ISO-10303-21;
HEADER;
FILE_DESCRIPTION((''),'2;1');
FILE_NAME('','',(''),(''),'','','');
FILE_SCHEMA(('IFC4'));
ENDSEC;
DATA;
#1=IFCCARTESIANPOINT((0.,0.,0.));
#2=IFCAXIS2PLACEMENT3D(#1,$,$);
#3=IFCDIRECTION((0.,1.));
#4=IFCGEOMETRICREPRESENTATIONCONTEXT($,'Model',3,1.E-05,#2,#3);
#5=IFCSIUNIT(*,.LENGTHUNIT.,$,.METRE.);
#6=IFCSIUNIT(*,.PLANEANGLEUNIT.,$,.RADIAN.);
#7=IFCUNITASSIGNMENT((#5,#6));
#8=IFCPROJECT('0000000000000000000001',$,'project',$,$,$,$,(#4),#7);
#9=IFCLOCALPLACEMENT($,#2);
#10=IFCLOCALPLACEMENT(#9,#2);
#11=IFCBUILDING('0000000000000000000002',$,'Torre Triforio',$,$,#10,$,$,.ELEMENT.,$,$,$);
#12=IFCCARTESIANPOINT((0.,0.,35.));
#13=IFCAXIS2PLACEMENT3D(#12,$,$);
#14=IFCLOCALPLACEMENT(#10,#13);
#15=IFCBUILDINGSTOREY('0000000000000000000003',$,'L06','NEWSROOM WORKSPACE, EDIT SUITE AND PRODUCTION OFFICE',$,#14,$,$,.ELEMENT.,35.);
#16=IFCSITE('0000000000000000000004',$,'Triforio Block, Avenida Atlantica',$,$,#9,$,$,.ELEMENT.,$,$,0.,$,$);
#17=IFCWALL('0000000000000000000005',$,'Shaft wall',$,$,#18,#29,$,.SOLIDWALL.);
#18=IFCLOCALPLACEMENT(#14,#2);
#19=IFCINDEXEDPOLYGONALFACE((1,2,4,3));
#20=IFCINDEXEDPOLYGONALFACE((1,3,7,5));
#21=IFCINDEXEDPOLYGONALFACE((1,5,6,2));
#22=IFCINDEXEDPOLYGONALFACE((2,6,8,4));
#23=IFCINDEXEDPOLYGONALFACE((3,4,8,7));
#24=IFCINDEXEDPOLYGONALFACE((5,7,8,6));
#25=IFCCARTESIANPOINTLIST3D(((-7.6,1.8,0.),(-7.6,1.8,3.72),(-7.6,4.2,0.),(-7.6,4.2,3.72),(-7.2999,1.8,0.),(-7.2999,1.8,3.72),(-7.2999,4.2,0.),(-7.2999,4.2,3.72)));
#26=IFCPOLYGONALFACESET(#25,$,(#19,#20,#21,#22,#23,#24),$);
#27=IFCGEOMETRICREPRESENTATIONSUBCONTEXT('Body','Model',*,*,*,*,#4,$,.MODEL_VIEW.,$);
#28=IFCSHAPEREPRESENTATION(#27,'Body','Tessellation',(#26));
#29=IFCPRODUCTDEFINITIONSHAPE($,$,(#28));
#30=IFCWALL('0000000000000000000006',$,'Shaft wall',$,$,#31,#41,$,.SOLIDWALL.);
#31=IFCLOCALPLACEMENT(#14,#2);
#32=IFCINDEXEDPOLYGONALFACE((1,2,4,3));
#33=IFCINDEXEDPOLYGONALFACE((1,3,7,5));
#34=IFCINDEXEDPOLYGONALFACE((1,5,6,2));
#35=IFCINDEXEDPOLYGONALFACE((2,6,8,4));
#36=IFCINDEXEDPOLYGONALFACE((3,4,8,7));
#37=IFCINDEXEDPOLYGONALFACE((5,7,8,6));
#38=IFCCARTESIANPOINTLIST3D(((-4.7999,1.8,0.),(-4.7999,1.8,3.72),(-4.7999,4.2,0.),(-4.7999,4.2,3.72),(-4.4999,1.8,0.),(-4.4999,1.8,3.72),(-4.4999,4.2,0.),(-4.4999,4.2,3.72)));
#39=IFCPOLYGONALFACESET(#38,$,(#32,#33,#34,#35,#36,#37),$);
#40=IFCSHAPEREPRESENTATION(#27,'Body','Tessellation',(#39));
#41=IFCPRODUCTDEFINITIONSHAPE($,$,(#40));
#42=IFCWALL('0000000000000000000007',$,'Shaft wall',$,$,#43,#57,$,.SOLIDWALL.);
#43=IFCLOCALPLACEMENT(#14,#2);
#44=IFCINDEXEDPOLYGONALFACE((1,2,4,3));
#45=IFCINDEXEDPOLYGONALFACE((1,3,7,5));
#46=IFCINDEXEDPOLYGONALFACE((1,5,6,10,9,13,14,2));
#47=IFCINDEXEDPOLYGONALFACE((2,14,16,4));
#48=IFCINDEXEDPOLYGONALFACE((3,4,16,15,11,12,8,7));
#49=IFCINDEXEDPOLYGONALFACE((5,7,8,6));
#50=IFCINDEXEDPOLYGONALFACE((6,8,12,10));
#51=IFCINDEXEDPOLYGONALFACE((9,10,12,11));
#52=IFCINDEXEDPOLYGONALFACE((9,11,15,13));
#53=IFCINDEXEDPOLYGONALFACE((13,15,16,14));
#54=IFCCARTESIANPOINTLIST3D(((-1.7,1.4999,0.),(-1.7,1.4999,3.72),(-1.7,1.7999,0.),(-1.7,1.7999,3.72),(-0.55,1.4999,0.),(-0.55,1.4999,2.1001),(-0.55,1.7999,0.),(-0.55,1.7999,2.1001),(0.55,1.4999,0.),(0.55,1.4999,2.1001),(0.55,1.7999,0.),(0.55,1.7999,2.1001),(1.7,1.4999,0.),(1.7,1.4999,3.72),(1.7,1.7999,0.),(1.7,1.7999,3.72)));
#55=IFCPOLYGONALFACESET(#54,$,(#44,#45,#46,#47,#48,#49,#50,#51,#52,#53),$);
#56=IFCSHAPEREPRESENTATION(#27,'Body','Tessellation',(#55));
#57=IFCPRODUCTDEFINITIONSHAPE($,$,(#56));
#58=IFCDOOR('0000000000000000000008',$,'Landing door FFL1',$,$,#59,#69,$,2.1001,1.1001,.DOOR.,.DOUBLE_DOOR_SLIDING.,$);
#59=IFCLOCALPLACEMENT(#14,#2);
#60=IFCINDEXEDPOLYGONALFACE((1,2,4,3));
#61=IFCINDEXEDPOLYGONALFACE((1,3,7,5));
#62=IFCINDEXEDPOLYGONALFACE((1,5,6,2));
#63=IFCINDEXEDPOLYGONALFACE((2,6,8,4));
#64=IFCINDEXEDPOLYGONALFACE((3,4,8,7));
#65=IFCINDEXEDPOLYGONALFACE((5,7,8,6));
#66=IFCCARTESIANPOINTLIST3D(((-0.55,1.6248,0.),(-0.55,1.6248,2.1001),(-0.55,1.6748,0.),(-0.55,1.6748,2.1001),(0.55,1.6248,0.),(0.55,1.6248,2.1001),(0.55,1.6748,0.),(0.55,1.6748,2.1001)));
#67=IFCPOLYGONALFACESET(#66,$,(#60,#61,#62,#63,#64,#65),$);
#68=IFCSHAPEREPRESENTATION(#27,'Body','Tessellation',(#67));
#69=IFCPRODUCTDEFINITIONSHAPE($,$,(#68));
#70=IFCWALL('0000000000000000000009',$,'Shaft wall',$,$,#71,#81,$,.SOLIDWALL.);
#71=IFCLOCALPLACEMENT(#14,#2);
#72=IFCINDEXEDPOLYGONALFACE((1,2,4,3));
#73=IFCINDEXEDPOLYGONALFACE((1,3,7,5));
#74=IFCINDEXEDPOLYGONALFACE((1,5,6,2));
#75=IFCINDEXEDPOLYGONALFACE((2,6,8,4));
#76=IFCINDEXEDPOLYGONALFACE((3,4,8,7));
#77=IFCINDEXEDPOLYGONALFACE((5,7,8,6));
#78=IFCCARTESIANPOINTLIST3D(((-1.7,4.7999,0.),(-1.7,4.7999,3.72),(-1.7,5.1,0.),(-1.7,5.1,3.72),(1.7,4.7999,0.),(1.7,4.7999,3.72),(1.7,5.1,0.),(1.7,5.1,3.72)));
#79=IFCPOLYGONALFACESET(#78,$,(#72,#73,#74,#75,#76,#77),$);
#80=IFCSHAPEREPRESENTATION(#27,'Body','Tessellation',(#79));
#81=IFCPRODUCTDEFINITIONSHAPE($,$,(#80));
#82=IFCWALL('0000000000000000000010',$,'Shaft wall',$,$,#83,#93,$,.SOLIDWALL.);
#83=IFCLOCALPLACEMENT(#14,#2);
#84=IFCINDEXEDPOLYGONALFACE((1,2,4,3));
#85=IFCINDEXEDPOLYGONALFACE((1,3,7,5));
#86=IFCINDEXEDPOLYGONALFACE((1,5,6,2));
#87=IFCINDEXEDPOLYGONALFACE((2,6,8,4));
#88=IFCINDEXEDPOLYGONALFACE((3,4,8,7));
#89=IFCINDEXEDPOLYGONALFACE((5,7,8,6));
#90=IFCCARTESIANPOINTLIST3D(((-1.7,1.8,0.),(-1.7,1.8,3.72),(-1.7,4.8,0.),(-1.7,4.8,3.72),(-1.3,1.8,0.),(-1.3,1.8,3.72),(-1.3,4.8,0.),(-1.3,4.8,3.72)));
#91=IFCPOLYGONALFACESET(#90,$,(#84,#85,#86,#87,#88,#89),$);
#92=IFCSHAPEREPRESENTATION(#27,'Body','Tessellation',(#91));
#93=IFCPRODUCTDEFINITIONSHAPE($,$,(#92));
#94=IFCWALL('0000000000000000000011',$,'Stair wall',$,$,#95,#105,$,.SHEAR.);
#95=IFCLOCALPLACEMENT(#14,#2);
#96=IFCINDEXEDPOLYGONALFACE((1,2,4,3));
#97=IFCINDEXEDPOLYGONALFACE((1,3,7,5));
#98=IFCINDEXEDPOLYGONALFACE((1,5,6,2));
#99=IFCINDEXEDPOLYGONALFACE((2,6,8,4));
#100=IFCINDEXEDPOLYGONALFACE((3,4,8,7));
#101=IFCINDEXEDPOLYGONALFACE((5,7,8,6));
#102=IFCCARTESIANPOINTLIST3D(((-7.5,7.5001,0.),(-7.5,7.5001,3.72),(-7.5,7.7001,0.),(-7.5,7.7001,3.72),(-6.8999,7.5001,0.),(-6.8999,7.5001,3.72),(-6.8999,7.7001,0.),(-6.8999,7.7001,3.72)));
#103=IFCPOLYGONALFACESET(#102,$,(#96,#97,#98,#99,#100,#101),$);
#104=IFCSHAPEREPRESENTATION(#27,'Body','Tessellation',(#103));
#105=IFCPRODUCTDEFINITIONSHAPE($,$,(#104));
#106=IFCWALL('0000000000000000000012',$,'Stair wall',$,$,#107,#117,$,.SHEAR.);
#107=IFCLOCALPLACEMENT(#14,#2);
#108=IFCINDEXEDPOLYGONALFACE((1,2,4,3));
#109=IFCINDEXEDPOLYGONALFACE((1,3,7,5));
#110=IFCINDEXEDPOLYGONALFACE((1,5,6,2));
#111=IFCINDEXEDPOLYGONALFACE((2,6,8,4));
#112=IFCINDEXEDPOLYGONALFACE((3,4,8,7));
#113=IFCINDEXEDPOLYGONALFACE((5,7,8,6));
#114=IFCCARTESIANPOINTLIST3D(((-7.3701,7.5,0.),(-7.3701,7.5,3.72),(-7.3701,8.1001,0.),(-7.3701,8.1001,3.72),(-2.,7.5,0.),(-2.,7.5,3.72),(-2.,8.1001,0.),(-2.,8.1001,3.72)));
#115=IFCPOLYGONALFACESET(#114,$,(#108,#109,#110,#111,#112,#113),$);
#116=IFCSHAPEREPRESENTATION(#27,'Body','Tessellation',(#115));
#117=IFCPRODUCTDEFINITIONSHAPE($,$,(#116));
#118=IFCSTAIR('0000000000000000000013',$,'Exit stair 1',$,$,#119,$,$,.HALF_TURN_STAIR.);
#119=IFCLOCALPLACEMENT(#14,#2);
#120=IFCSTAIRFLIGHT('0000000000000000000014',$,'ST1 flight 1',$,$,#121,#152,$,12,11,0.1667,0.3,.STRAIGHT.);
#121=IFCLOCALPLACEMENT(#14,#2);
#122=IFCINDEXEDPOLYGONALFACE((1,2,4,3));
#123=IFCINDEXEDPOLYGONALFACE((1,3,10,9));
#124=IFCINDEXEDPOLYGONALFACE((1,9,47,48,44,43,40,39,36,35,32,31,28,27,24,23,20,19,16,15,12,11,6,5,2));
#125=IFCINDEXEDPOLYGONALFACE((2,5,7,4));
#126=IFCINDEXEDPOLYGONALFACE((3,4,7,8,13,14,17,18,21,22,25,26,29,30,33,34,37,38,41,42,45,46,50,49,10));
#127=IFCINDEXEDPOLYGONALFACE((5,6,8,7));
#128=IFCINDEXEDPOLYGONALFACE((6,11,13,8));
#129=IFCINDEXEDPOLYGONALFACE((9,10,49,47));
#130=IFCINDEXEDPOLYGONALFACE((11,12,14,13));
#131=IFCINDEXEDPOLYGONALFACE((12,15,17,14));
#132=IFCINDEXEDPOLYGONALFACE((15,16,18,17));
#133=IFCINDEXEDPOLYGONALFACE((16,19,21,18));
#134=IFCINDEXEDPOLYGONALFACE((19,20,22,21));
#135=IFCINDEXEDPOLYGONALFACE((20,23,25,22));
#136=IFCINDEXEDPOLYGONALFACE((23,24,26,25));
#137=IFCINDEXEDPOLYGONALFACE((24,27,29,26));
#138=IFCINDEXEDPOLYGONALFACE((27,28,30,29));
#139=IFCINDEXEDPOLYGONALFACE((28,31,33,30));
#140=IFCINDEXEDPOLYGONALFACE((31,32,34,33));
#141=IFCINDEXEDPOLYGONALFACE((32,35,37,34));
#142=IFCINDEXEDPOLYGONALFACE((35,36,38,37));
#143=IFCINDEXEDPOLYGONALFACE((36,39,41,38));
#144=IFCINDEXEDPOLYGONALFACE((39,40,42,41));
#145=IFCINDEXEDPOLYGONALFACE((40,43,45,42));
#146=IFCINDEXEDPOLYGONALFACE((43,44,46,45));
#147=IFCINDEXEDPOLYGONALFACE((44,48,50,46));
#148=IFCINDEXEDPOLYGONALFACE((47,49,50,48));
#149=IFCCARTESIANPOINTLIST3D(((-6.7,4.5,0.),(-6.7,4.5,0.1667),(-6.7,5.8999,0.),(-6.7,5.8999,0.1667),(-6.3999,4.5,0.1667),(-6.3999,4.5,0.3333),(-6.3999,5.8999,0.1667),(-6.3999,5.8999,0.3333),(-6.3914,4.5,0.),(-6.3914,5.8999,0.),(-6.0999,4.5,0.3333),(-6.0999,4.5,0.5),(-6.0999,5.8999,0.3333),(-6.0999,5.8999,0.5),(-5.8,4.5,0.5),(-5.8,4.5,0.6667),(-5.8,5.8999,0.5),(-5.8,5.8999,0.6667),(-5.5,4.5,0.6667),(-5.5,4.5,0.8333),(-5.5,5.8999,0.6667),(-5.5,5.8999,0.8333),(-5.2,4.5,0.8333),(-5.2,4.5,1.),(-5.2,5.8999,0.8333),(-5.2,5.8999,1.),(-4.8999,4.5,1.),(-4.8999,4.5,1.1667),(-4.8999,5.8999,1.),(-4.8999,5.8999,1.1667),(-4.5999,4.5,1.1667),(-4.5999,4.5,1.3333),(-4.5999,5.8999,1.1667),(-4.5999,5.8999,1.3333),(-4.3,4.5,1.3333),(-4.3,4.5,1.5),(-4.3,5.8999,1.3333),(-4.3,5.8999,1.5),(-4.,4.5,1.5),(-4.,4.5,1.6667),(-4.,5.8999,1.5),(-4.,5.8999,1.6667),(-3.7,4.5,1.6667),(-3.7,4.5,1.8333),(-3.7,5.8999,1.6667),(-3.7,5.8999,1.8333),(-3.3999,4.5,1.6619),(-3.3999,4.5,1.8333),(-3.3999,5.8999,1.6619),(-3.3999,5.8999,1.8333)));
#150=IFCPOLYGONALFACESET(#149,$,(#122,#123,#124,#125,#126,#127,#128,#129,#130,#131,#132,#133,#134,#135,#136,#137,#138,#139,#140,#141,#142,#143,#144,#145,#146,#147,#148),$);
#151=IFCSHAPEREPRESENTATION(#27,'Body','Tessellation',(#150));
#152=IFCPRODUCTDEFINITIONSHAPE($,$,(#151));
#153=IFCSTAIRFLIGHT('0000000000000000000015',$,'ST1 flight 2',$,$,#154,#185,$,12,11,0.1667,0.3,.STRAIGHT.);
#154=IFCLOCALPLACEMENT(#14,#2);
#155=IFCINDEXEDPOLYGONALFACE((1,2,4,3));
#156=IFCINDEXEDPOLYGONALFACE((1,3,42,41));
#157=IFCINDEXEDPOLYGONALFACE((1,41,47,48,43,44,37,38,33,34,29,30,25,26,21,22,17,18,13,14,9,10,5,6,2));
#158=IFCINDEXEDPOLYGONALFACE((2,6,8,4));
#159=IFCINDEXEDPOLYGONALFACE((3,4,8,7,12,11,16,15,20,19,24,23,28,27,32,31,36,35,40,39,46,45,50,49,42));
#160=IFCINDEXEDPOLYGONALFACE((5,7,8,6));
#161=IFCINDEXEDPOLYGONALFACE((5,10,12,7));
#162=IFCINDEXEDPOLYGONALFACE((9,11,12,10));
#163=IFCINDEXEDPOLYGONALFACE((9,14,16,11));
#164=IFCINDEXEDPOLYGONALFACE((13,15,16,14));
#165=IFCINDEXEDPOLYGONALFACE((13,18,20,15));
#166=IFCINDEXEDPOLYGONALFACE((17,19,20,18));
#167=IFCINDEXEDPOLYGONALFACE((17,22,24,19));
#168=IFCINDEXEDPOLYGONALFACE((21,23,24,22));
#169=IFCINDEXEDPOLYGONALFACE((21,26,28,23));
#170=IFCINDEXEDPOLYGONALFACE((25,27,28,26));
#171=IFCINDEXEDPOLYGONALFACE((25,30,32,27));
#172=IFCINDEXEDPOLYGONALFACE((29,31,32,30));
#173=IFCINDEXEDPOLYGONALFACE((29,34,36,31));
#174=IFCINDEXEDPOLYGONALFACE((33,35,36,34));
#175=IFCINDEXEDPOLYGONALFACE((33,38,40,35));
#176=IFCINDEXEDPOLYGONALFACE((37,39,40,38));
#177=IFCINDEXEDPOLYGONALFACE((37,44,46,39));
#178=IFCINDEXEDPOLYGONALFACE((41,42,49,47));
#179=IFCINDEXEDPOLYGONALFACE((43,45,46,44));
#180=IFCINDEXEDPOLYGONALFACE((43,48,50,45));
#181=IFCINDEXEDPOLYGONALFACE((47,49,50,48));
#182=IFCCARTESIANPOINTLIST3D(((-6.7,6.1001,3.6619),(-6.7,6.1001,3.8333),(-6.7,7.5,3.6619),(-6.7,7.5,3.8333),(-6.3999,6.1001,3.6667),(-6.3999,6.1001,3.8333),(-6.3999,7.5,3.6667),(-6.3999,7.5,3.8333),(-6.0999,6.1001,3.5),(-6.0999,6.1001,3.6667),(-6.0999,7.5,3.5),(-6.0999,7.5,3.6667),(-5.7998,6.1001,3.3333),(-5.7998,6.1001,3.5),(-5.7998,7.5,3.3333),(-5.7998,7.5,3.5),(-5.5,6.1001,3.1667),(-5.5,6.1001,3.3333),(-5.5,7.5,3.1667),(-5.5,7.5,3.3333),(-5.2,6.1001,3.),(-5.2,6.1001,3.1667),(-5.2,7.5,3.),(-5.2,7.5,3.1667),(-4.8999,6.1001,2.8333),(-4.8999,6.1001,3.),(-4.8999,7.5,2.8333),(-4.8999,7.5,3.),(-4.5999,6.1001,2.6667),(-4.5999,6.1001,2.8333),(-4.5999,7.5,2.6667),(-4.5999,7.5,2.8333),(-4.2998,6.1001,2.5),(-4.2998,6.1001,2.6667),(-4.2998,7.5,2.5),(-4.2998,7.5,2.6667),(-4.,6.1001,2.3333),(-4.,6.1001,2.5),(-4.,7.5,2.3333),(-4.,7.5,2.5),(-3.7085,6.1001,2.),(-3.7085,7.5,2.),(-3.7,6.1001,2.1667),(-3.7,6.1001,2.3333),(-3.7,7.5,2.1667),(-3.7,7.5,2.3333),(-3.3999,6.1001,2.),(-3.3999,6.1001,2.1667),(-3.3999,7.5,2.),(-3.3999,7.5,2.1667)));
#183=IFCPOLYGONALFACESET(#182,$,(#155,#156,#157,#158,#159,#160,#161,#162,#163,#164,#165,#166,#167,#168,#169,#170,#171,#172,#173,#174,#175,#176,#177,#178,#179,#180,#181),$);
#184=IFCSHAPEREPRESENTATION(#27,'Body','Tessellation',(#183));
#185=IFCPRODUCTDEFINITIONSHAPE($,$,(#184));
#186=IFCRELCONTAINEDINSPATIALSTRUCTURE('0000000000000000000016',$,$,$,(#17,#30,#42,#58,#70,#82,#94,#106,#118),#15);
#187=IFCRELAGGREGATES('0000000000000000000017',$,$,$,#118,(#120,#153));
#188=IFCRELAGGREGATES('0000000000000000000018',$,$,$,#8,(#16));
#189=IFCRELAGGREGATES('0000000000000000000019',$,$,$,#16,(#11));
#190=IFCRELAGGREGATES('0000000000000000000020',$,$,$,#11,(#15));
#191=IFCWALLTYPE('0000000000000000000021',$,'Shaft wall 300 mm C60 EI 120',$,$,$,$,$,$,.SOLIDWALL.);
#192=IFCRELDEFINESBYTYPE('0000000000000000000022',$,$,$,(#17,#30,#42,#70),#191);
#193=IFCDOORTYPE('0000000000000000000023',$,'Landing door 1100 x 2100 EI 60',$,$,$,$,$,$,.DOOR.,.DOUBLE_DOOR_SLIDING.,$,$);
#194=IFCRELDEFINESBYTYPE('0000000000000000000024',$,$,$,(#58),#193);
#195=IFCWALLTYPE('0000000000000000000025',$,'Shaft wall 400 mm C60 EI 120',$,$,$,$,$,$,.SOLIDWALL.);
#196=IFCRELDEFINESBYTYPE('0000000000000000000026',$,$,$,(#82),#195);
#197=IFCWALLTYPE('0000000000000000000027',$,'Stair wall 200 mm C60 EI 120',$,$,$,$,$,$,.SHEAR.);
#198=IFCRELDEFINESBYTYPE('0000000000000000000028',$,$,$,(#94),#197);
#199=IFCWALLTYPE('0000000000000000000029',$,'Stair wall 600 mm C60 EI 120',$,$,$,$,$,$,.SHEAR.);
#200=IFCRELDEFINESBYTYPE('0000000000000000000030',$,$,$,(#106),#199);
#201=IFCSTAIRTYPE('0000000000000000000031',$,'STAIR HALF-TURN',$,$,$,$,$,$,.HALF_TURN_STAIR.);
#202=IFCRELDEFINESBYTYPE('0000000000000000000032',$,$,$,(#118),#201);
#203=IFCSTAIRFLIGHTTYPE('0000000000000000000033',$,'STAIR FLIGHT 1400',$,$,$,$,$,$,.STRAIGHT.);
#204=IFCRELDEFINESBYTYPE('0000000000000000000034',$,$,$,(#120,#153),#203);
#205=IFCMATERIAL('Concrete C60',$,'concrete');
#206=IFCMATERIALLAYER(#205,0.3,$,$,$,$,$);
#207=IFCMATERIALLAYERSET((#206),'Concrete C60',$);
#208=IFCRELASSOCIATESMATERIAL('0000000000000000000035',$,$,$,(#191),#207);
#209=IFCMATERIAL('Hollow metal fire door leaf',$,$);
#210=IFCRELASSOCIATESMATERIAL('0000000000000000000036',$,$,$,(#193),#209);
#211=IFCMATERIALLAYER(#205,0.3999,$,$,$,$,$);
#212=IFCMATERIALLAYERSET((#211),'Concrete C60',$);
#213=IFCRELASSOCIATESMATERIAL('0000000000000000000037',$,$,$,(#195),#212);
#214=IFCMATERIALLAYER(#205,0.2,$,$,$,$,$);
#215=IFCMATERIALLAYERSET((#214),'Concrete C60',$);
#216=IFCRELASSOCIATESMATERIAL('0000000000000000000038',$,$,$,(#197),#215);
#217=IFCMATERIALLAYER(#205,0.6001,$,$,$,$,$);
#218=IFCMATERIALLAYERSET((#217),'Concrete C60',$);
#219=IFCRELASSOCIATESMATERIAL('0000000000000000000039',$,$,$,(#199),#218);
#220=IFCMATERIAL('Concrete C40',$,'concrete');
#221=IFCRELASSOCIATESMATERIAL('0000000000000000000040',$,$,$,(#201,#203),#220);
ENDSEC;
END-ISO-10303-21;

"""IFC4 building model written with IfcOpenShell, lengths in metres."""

from ifc_helpers import new_model, si_unit, direction, frame, frame_2d, origin, place, context, subcontext, project, spatial, polyline, rectangle, outline, extrude, material, layer, layer_set, type_object, element, fill, aggregate, save


model = new_model("IFC4")

# Units and contexts
model_context = context("Model", 3, precision=1e-05, world=origin(), true_north=direction((0.0, 1.0)))
body_context = subcontext(model_context, "Body", "Model", "MODEL_VIEW")
ifc_project = project(units=[si_unit("LENGTHUNIT", "METRE"), si_unit("PLANEANGLEUNIT", "RADIAN")], contexts=[model_context])

# Site, building, storey
site_placement = place(None, origin())
site = spatial("IfcSite", under=ifc_project, at=site_placement, Name="Triforio Block, Avenida Atlantica", CompositionType="ELEMENT", RefElevation=0.0)
building_placement = place(site_placement, origin())
building = spatial("IfcBuilding", under=site, at=building_placement, Name="Torre Triforio", CompositionType="ELEMENT")
storey_placement = place(building_placement, frame((0.0, 0.0, 35.0)))
storey = spatial("IfcBuildingStorey", under=building, at=storey_placement, Name="L06", Description="NEWSROOM WORKSPACE, EDIT SUITE AND PRODUCTION OFFICE", CompositionType="ELEMENT", Elevation=35.0)

# Walls
ifc_material_1 = material(Name="Concrete C60", Category="concrete")
ifc_layer_1 = layer(ifc_material_1, 0.3)
ifc_layer_set_1 = layer_set([ifc_layer_1], Name="Concrete C60")
wall_type_1 = type_object("IfcWallType", Name="Shaft wall 300 mm C60 EI 120", PredefinedType="SOLIDWALL", material=ifc_layer_set_1)
for number, where, z_axis, x_axis, name in (
    (1, (-7.45, 1.8, 0.0), (0.0, 0.0, 1.0), (0.0, 1.0, 0.0), "Shaft wall"),
    (2, (-4.6499, 1.8, 0.0), (0.0, 0.0, 1.0), (0.0, 1.0, 0.0), "Shaft wall"),
):
    element("IfcWall", number, at=place(storey_placement, frame(where, z_axis=z_axis, x_axis=x_axis)), inside=storey, type_object=wall_type_1, Name=name, PredefinedType="SOLIDWALL", context=body_context, shape_type="SweptSolid", body=[
        extrude(rectangle(XDim=2.3999, YDim=0.3, at=frame_2d((1.2, 0.0))), origin(), (0.0, 0.0, 1.0), 3.72),
    ])

# Wall, opening, door
wall_1_placement = place(storey_placement, frame((-1.7, 1.6499, 0.0), z_axis=(0.0, 0.0, 1.0), x_axis=(1.0, 0.0, 0.0)))
wall_1 = element("IfcWall", 3, at=wall_1_placement, inside=storey, type_object=wall_type_1, Name="Shaft wall", PredefinedType="SOLIDWALL", context=body_context, shape_type="SweptSolid", body=[
    extrude(rectangle(XDim=3.3999, YDim=0.3, at=frame_2d((1.7, 0.0))), origin(), (0.0, 0.0, 1.0), 3.72),
])
opening_placement = place(wall_1_placement, frame((1.1499, 0.0, 0.0)))
opening = element("IfcOpeningElement", 4, at=opening_placement, cuts=wall_1, PredefinedType="OPENING", context=body_context, shape_type="SweptSolid", body=[
    extrude(rectangle(XDim=1.1001, YDim=2.1001, at=frame_2d((0.55, 1.05))), frame((0.0, 0.1599, 0.0), z_axis=(0.0, -1.0, 0.0), x_axis=(1.0, 0.0, 0.0)), (0.0, 0.0, 1.0), 0.3201),
])
ifc_material_2 = material(Name="Hollow metal fire door leaf")
door_type = type_object("IfcDoorType", Name="Landing door 1100 x 2100 EI 60", OperationType="DOUBLE_DOOR_SLIDING", PredefinedType="DOOR", material=ifc_material_2)
door_placement = place(opening_placement, origin())
door = element("IfcDoor", 5, at=door_placement, inside=storey, type_object=door_type, Name="Landing door FFL1", OperationType="DOUBLE_DOOR_SLIDING", OverallHeight=2.1001, OverallWidth=1.1001, PredefinedType="DOOR", context=body_context, shape_type="SweptSolid", body=[
    extrude(rectangle(XDim=1.1001, YDim=2.1001, at=frame_2d((0.55, 1.05))), frame((0.0, 0.0249, 0.0), z_axis=(0.0, -1.0, 0.0), x_axis=(1.0, 0.0, 0.0)), (0.0, 0.0, 1.0), 0.05),
])
fill(opening, door)

# Walls
wall_2_placement = place(storey_placement, frame((-1.7, 4.95, 0.0), z_axis=(0.0, 0.0, 1.0), x_axis=(1.0, 0.0, 0.0)))
element("IfcWall", 6, at=wall_2_placement, inside=storey, type_object=wall_type_1, Name="Shaft wall", PredefinedType="SOLIDWALL", context=body_context, shape_type="SweptSolid", body=[
    extrude(rectangle(XDim=3.3999, YDim=0.3, at=frame_2d((1.7, 0.0))), origin(), (0.0, 0.0, 1.0), 3.72),
])
ifc_layer_2 = layer(ifc_material_1, 0.3999)
ifc_layer_set_2 = layer_set([ifc_layer_2], Name="Concrete C60")
wall_type_2 = type_object("IfcWallType", Name="Shaft wall 400 mm C60 EI 120", PredefinedType="SOLIDWALL", material=ifc_layer_set_2)
wall_3_placement = place(storey_placement, frame((-1.5, 1.8, 0.0), z_axis=(0.0, 0.0, 1.0), x_axis=(0.0, 1.0, 0.0)))
element("IfcWall", 7, at=wall_3_placement, inside=storey, type_object=wall_type_2, Name="Shaft wall", PredefinedType="SOLIDWALL", context=body_context, shape_type="SweptSolid", body=[
    extrude(rectangle(XDim=3.0, YDim=0.3999, at=frame_2d((1.5, 0.0))), origin(), (0.0, 0.0, 1.0), 3.72),
])
ifc_layer_3 = layer(ifc_material_1, 0.2)
ifc_layer_set_3 = layer_set([ifc_layer_3], Name="Concrete C60")
wall_type_3 = type_object("IfcWallType", Name="Stair wall 200 mm C60 EI 120", PredefinedType="SHEAR", material=ifc_layer_set_3)
wall_4_placement = place(storey_placement, frame((-7.5, 7.6001, 0.0), z_axis=(0.0, 0.0, 1.0), x_axis=(1.0, 0.0, 0.0)))
element("IfcWall", 8, at=wall_4_placement, inside=storey, type_object=wall_type_3, Name="Stair wall", PredefinedType="SHEAR", context=body_context, shape_type="SweptSolid", body=[
    extrude(rectangle(XDim=0.6001, YDim=0.2, at=frame_2d((0.3, 0.0))), origin(), (0.0, 0.0, 1.0), 3.72),
])
ifc_layer_4 = layer(ifc_material_1, 0.6001)
ifc_layer_set_4 = layer_set([ifc_layer_4], Name="Concrete C60")
wall_type_4 = type_object("IfcWallType", Name="Stair wall 600 mm C60 EI 120", PredefinedType="SHEAR", material=ifc_layer_set_4)
wall_5_placement = place(storey_placement, frame((-7.3701, 7.8, 0.0), z_axis=(0.0, 0.0, 1.0), x_axis=(1.0, 0.0, 0.0)))
element("IfcWall", 9, at=wall_5_placement, inside=storey, type_object=wall_type_4, Name="Stair wall", PredefinedType="SHEAR", context=body_context, shape_type="SweptSolid", body=[
    extrude(rectangle(XDim=5.3701, YDim=0.6001, at=frame_2d((2.6851, 0.0))), origin(), (0.0, 0.0, 1.0), 3.72),
])

# Stair, stair flights
ifc_material_3 = material(Name="Concrete C40", Category="concrete")
stair_type = type_object("IfcStairType", Name="STAIR HALF-TURN", PredefinedType="HALF_TURN_STAIR", material=ifc_material_3)
stair_placement = place(storey_placement, origin())
stair = element("IfcStair", 10, at=stair_placement, inside=storey, type_object=stair_type, Name="Exit stair 1", PredefinedType="HALF_TURN_STAIR")
stair_flight_type = type_object("IfcStairFlightType", Name="STAIR FLIGHT 1400", PredefinedType="STRAIGHT", material=ifc_material_3)
stair_flight_1_placement = place(storey_placement, frame((-6.7, 5.2, 0.0), z_axis=(0.0, 0.0, 1.0), x_axis=(1.0, 0.0, 0.0)))
stair_flight_1 = element("IfcStairFlight", 11, at=stair_flight_1_placement, type_object=stair_flight_type, Name="ST1 flight 1", NumberOfRisers=12, NumberOfTreads=11, PredefinedType="STRAIGHT", RiserHeight=0.1667, TreadLength=0.3, context=body_context, shape_type="SweptSolid", body=[
    extrude(outline(polyline([(0.0, 0.0), (0.0, 0.1667), (0.3, 0.1667), (0.3, 0.3333), (0.6001, 0.3333), (0.6001, 0.5), (0.8999, 0.5), (0.8999, 0.6667), (1.2, 0.6667), (1.2, 0.8333), (1.5, 0.8333), (1.5, 1.0), (1.8, 1.0), (1.8, 1.1667), (2.1001, 1.1667), (2.1001, 1.3333), (2.3999, 1.3333), (2.3999, 1.5), (2.7, 1.5), (2.7, 1.6667), (3.0, 1.6667), (3.0, 1.8333), (3.3, 1.8333), (3.3, 2.0), (3.3, 1.6619), (0.3086, 0.0), (0.0, 0.0)])), frame((0.0, 0.7, 0.0), z_axis=(0.0, -1.0, 0.0), x_axis=(1.0, 0.0, 0.0)), (0.0, 0.0, 1.0), 1.3999),
])
stair_flight_2_placement = place(storey_placement, frame((-3.3999, 6.8, 2.0), z_axis=(0.0, 0.0, 1.0), x_axis=(-1.0, 0.0, 0.0)))
stair_flight_2 = element("IfcStairFlight", 12, at=stair_flight_2_placement, type_object=stair_flight_type, Name="ST1 flight 2", NumberOfRisers=12, NumberOfTreads=11, PredefinedType="STRAIGHT", RiserHeight=0.1667, TreadLength=0.3, context=body_context, shape_type="SweptSolid", body=[
    extrude(outline(polyline([(0.0, 0.0), (0.0, 0.1667), (0.3, 0.1667), (0.3, 0.3333), (0.6001, 0.3333), (0.6001, 0.5), (0.8999, 0.5), (0.8999, 0.6667), (1.2, 0.6667), (1.2, 0.8333), (1.5, 0.8333), (1.5, 1.0), (1.8, 1.0), (1.8, 1.1667), (2.1001, 1.1667), (2.1001, 1.3333), (2.3999, 1.3333), (2.3999, 1.5), (2.7, 1.5), (2.7, 1.6667), (3.0, 1.6667), (3.0, 1.8333), (3.3, 1.8333), (3.3, 2.0), (3.3, 1.6619), (0.3086, 0.0), (0.0, 0.0)])), frame((0.0, 0.7, 0.0), z_axis=(0.0, -1.0, 0.0), x_axis=(1.0, 0.0, 0.0)), (0.0, 0.0, 1.0), 1.3999),
])
aggregate(stair, [stair_flight_1, stair_flight_2])

save(model, "model.ifc")
